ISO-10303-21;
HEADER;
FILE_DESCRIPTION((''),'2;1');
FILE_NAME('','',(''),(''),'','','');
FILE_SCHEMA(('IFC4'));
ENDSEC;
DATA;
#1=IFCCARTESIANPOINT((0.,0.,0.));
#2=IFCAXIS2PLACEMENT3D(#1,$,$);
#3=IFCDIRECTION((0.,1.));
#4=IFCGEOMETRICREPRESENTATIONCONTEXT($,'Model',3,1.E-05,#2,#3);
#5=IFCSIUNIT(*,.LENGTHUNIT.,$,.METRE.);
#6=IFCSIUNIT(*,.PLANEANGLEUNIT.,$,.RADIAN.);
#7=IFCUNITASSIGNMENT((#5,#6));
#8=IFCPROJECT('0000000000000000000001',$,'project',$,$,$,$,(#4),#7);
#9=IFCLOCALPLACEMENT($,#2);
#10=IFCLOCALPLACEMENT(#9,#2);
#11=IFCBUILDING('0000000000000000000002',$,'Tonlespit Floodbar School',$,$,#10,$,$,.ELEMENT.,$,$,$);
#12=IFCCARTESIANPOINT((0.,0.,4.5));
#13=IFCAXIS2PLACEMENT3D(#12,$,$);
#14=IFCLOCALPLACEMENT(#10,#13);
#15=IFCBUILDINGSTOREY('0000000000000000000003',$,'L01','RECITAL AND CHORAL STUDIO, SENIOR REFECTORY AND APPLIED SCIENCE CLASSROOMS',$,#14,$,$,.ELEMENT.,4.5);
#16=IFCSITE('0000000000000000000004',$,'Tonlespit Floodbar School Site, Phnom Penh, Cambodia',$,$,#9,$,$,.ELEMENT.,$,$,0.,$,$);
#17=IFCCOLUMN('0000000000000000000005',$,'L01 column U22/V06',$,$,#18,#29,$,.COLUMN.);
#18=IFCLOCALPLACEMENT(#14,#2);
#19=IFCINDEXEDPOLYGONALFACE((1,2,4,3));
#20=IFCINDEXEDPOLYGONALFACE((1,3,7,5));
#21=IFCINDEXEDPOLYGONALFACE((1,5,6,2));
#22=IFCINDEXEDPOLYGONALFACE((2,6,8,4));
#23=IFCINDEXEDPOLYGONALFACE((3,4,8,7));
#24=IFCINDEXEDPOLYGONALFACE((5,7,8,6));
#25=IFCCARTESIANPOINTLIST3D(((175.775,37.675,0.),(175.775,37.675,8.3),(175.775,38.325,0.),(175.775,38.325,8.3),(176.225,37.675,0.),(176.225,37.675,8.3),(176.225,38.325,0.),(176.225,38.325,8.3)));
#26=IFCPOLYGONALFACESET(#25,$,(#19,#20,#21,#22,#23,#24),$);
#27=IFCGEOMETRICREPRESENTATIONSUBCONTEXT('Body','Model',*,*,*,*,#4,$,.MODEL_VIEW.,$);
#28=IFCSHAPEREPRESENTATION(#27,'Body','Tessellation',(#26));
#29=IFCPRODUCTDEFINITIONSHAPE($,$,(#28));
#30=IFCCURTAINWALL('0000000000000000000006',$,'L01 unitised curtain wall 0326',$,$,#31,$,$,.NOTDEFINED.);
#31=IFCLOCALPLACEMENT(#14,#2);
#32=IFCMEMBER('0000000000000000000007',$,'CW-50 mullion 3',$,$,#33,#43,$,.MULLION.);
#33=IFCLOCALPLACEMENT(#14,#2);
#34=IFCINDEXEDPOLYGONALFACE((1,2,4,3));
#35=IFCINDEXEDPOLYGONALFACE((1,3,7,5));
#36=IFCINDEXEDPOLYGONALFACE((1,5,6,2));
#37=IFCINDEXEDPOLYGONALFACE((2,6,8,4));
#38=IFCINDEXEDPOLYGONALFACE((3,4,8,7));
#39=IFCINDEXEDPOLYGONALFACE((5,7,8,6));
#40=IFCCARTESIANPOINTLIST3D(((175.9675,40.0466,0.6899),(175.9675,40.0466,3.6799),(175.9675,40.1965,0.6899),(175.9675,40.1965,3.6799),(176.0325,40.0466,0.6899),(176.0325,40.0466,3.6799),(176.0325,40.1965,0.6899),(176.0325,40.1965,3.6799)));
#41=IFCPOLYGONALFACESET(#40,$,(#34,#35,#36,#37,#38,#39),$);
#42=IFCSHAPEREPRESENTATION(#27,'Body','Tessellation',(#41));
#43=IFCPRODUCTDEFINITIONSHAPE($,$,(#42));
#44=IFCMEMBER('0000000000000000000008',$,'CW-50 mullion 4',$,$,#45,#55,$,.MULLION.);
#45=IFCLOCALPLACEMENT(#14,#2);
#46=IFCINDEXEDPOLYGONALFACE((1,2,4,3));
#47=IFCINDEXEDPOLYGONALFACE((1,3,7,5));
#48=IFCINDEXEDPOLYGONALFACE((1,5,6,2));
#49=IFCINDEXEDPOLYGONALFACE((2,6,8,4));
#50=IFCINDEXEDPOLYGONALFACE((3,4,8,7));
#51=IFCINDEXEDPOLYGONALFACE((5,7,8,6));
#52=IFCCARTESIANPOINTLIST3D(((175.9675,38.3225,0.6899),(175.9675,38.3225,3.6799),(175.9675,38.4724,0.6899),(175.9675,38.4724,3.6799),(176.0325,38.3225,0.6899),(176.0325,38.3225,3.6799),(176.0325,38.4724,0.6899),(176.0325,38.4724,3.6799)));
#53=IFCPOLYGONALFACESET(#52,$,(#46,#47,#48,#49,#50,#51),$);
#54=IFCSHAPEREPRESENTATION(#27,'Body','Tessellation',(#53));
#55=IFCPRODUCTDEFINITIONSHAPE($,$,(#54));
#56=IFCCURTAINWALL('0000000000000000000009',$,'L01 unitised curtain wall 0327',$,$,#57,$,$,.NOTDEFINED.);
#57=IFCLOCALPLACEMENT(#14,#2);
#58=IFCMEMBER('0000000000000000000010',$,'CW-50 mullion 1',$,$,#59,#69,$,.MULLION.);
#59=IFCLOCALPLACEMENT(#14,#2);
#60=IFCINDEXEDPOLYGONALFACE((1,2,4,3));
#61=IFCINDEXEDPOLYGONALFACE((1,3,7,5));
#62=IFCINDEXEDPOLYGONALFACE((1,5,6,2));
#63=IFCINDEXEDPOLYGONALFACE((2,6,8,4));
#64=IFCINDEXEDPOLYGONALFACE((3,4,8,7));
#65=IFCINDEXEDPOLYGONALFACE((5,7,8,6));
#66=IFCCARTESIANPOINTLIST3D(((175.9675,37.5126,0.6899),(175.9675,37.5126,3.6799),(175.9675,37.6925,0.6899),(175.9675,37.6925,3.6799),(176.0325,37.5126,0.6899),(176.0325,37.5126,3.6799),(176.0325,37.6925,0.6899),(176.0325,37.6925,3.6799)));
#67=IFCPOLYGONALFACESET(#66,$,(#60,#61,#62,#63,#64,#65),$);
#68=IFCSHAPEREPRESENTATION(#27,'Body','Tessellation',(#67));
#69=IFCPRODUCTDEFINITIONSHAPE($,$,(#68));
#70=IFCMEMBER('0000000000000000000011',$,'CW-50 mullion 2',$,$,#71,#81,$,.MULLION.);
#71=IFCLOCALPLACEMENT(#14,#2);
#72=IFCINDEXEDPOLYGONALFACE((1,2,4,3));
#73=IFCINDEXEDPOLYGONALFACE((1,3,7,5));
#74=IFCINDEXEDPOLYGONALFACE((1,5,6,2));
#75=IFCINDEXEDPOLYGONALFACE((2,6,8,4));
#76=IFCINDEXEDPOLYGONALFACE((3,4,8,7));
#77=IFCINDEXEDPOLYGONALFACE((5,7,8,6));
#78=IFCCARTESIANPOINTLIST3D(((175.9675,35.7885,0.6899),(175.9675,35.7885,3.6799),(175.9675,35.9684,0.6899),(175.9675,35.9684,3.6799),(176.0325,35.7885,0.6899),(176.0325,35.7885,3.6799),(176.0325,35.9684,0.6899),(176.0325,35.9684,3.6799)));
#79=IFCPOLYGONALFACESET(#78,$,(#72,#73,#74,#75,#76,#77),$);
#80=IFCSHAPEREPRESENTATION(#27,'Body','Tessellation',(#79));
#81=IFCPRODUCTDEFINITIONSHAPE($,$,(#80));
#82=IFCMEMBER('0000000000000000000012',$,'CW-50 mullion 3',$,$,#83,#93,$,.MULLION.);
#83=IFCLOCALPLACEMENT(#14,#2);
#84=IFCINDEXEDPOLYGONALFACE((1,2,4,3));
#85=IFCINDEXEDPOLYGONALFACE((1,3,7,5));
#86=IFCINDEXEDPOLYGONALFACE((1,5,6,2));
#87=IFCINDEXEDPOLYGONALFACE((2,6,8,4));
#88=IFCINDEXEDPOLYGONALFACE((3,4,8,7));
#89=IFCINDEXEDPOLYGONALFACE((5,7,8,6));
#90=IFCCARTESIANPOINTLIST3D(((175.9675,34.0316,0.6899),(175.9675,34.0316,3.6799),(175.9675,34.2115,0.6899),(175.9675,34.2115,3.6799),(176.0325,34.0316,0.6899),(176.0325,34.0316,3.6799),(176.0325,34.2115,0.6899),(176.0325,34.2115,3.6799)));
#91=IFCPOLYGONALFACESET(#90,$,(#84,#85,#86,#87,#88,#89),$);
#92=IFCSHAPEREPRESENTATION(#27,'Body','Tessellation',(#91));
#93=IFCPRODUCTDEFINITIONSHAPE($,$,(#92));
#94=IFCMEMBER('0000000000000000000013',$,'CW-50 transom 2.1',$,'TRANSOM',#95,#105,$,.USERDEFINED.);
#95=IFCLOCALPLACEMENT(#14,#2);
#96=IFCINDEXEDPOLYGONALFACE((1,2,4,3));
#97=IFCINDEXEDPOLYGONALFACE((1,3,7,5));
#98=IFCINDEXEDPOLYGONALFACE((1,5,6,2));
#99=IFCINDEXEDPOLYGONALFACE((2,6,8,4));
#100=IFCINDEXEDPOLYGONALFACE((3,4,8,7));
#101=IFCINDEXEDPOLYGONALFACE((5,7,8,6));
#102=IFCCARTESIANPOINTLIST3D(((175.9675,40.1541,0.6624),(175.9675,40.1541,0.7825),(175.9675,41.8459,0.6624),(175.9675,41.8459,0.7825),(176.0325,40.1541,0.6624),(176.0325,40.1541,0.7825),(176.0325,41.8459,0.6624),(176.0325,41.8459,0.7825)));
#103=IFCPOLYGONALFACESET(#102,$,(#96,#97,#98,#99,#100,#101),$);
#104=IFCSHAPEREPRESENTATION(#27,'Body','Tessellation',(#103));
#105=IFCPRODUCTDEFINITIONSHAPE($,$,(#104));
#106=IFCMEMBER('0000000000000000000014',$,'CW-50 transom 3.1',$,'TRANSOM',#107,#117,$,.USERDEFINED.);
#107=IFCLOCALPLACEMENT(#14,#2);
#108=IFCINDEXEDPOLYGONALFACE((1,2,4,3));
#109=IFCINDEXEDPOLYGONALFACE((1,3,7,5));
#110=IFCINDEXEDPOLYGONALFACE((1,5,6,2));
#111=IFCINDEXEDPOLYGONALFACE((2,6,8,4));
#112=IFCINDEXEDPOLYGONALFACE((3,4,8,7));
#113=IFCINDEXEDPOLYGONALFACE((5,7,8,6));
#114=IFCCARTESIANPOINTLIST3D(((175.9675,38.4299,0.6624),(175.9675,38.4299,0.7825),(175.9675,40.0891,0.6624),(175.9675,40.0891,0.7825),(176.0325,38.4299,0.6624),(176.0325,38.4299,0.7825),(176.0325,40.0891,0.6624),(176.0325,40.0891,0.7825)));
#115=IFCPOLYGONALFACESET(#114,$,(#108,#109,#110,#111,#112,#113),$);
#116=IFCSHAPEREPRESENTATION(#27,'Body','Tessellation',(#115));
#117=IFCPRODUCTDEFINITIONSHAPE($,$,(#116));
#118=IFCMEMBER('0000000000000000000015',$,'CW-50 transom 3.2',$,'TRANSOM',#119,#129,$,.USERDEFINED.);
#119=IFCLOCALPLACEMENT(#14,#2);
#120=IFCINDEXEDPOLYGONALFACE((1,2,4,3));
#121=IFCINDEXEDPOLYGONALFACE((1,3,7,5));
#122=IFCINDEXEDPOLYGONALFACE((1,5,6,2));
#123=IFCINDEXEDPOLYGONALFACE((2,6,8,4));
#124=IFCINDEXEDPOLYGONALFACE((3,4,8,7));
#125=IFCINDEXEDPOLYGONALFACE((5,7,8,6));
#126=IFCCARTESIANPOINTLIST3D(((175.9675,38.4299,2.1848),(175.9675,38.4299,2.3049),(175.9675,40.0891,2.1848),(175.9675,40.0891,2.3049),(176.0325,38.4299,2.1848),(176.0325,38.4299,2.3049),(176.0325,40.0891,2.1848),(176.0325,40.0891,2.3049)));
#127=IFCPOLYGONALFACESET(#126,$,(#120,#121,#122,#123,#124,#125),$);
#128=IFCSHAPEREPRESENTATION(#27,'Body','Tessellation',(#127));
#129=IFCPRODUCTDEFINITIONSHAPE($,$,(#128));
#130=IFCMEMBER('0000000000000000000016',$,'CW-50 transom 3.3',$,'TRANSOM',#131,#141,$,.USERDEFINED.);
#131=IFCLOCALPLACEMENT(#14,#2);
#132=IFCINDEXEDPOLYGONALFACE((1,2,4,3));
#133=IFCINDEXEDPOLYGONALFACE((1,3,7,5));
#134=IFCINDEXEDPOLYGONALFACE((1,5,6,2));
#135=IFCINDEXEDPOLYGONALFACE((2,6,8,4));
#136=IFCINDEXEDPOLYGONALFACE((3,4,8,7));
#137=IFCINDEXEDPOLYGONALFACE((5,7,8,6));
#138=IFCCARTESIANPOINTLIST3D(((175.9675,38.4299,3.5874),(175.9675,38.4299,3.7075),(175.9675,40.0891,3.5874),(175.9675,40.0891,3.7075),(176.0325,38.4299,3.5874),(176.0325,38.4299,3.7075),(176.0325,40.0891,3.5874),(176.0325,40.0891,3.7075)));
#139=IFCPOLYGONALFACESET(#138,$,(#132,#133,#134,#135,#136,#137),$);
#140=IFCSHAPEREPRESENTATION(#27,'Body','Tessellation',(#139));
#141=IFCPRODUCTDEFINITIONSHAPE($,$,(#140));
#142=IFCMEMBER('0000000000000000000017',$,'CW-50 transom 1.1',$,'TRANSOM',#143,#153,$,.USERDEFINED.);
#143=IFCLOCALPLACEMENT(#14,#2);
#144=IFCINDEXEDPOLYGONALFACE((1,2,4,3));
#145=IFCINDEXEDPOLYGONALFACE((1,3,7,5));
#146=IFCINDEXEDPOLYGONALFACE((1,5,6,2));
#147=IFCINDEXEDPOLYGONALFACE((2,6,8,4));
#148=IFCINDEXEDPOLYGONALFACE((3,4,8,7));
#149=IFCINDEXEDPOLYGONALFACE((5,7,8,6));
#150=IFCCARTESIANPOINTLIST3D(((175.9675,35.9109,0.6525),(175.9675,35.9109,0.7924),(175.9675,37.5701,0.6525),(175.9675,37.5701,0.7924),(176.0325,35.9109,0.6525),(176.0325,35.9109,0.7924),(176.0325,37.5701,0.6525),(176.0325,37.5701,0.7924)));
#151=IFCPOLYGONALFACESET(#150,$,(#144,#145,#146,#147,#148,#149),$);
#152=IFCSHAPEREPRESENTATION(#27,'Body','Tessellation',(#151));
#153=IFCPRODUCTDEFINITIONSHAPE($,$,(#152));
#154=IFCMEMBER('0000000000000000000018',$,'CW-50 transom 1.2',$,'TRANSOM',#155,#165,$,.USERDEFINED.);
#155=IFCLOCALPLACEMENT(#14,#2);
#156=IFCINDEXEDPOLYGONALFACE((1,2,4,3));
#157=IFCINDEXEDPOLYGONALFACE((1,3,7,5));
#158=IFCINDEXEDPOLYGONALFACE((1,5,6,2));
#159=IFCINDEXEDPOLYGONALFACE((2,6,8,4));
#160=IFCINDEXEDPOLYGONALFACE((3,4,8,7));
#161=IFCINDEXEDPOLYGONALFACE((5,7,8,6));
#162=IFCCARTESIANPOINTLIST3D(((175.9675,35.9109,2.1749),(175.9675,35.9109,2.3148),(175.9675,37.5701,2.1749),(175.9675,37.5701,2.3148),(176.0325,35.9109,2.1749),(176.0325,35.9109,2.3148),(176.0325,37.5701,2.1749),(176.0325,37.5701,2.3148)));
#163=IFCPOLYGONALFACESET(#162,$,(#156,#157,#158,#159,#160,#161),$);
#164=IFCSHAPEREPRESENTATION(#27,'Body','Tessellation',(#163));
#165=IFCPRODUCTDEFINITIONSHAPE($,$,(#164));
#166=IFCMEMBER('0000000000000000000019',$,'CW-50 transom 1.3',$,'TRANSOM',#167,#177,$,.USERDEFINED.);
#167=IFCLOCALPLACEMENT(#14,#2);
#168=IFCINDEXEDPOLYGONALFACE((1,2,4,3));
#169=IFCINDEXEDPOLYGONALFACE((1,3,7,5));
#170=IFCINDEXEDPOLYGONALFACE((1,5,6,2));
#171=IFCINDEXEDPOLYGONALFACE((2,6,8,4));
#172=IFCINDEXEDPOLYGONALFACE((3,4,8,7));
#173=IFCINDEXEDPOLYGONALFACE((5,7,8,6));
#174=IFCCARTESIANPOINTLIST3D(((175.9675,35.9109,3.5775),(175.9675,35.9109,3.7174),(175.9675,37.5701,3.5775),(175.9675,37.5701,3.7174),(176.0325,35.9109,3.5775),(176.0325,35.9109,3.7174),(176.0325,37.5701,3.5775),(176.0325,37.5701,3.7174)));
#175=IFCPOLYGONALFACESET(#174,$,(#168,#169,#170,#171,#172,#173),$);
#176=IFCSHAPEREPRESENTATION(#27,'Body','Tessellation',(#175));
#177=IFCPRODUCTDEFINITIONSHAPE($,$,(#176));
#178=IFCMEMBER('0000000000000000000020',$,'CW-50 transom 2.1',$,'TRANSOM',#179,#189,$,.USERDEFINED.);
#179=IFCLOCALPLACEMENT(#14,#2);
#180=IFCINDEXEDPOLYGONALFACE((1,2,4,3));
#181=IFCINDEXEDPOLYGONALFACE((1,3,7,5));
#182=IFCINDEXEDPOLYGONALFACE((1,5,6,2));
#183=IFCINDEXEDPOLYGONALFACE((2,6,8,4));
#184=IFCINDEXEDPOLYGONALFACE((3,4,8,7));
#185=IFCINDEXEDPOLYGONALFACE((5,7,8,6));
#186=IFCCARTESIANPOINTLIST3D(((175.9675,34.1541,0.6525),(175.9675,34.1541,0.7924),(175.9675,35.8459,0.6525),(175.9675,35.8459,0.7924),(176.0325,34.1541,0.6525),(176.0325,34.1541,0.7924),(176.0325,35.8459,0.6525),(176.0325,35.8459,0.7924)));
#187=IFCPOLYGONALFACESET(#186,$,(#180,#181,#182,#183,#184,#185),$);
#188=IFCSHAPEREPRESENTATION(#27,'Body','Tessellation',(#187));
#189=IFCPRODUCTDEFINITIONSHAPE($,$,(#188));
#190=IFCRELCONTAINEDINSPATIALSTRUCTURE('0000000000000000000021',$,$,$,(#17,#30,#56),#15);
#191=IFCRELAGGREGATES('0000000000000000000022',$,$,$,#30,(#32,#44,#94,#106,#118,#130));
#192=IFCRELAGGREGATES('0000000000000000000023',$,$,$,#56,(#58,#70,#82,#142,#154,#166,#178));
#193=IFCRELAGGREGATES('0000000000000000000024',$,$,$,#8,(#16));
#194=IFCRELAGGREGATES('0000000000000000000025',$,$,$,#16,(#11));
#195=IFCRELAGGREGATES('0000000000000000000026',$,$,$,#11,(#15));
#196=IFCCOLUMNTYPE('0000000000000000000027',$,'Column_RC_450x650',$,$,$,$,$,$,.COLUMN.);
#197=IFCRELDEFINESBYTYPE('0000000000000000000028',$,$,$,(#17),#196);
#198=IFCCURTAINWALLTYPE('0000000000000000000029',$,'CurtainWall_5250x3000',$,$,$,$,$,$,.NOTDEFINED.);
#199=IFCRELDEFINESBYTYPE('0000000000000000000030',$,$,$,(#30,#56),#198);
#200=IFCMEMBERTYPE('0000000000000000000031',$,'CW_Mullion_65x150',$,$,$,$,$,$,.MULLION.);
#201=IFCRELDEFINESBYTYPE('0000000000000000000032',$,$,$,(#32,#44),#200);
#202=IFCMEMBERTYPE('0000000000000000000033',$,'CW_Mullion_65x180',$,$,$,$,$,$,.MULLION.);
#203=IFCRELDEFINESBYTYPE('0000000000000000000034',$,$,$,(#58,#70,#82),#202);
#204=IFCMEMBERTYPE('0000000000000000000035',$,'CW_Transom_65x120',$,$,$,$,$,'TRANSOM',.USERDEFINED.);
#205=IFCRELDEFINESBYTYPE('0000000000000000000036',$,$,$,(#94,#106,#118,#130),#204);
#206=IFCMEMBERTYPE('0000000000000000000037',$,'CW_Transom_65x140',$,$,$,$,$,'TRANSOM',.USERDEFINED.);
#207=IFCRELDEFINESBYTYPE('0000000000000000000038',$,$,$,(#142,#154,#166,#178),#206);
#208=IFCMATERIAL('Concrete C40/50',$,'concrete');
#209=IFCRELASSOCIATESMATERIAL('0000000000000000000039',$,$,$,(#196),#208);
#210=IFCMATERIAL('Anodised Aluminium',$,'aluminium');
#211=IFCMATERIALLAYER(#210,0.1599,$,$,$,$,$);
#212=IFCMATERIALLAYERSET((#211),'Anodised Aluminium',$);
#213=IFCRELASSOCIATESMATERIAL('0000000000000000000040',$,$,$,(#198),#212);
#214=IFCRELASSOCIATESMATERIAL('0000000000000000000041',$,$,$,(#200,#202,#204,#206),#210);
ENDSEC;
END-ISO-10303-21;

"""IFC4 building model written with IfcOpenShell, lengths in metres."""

from ifc_helpers import new_model, si_unit, direction, frame, origin, origin_2d, place, context, subcontext, project, spatial, rectangle, extrude, material, layer, layer_set, material_profile, profile_set, type_object, element, aggregate, save


model = new_model("IFC4")

# Units and contexts
model_context = context("Model", 3, precision=1e-05, world=origin(), true_north=direction((0.0, 1.0)))
body_context = subcontext(model_context, "Body", "Model", "MODEL_VIEW")
ifc_project = project(units=[si_unit("LENGTHUNIT", "METRE"), si_unit("PLANEANGLEUNIT", "RADIAN")], contexts=[model_context])

# Site, building, storey
site_placement = place(None, origin())
site = spatial("IfcSite", under=ifc_project, at=site_placement, Name="Tonlespit Floodbar School Site, Phnom Penh, Cambodia", CompositionType="ELEMENT", RefElevation=0.0)
building_placement = place(site_placement, origin())
building = spatial("IfcBuilding", under=site, at=building_placement, Name="Tonlespit Floodbar School", CompositionType="ELEMENT")
storey_placement = place(building_placement, frame((0.0, 0.0, 4.5)))
storey = spatial("IfcBuildingStorey", under=building, at=storey_placement, Name="L01", Description="RECITAL AND CHORAL STUDIO, SENIOR REFECTORY AND APPLIED SCIENCE CLASSROOMS", CompositionType="ELEMENT", Elevation=4.5)

# Column
ifc_material_1 = material(Name="Concrete C40/50", Category="concrete")
ifc_material_profile_1 = material_profile(ifc_material_1, rectangle(XDim=0.45, YDim=0.6499, at=origin_2d()), Name="RC 450x650")
ifc_profile_set_1 = profile_set([ifc_material_profile_1], Name="Concrete C40/50")
column_type = type_object("IfcColumnType", Name="Column_RC_450x650", PredefinedType="COLUMN", material=ifc_profile_set_1)
column_placement = place(storey_placement, frame((176.0, 38.0, 0.0), z_axis=(0.0, 0.0, 1.0), x_axis=(1.0, 0.0, 0.0)))
element("IfcColumn", 1, at=column_placement, inside=storey, type_object=column_type, Name="L01 column U22/V06", PredefinedType="COLUMN", context=body_context, shape_type="SweptSolid", body=[
    extrude(rectangle(XDim=0.45, YDim=0.6499, at=origin_2d()), origin(), (0.0, 0.0, 1.0), 8.3),
])

# Curtain walls, members
ifc_material_2 = material(Name="Anodised Aluminium", Category="aluminium")
ifc_layer_1 = layer(ifc_material_2, 0.1599)
ifc_layer_set_1 = layer_set([ifc_layer_1], Name="Anodised Aluminium")
curtain_wall_type = type_object("IfcCurtainWallType", Name="CurtainWall_5250x3000", PredefinedType="NOTDEFINED", material=ifc_layer_set_1)
curtain_wall_1_placement = place(storey_placement, origin())
curtain_wall_1 = element("IfcCurtainWall", 2, at=curtain_wall_1_placement, inside=storey, type_object=curtain_wall_type, Name="L01 unitised curtain wall 0326", PredefinedType="NOTDEFINED")
ifc_material_profile_2 = material_profile(ifc_material_2, rectangle(XDim=0.0649, YDim=0.1499, at=origin_2d()), Name="ALU M65x150")
ifc_profile_set_2 = profile_set([ifc_material_profile_2], Name="Anodised Aluminium")
member_type_1 = type_object("IfcMemberType", Name="CW_Mullion_65x150", PredefinedType="MULLION", material=ifc_profile_set_2)
member_1_placement = place(storey_placement, frame((176.0, 40.1216, 0.6899), z_axis=(0.0, 0.0, 1.0), x_axis=(1.0, 0.0, 0.0)))
member_1 = element("IfcMember", 3, at=member_1_placement, type_object=member_type_1, Name="CW-50 mullion 3", PredefinedType="MULLION", context=body_context, shape_type="SweptSolid", body=[
    extrude(rectangle(XDim=0.0649, YDim=0.1499, at=origin_2d()), origin(), (0.0, 0.0, 1.0), 2.99),
])
member_2_placement = place(storey_placement, frame((176.0, 38.3975, 0.6899), z_axis=(0.0, 0.0, 1.0), x_axis=(1.0, 0.0, 0.0)))
member_2 = element("IfcMember", 4, at=member_2_placement, type_object=member_type_1, Name="CW-50 mullion 4", PredefinedType="MULLION", context=body_context, shape_type="SweptSolid", body=[
    extrude(rectangle(XDim=0.0649, YDim=0.1499, at=origin_2d()), origin(), (0.0, 0.0, 1.0), 2.99),
])
curtain_wall_2_placement = place(storey_placement, origin())
curtain_wall_2 = element("IfcCurtainWall", 5, at=curtain_wall_2_placement, inside=storey, type_object=curtain_wall_type, Name="L01 unitised curtain wall 0327", PredefinedType="NOTDEFINED")
ifc_material_profile_3 = material_profile(ifc_material_2, rectangle(XDim=0.0649, YDim=0.1799, at=origin_2d()), Name="ALU M65x180")
ifc_profile_set_3 = profile_set([ifc_material_profile_3], Name="Anodised Aluminium")
member_type_2 = type_object("IfcMemberType", Name="CW_Mullion_65x180", PredefinedType="MULLION", material=ifc_profile_set_3)
member_3_placement = place(storey_placement, frame((176.0, 37.6025, 0.6899), z_axis=(0.0, 0.0, 1.0), x_axis=(1.0, 0.0, 0.0)))
member_3 = element("IfcMember", 6, at=member_3_placement, type_object=member_type_2, Name="CW-50 mullion 1", PredefinedType="MULLION", context=body_context, shape_type="SweptSolid", body=[
    extrude(rectangle(XDim=0.0649, YDim=0.1799, at=origin_2d()), origin(), (0.0, 0.0, 1.0), 2.99),
])
member_4_placement = place(storey_placement, frame((176.0, 35.8784, 0.6899), z_axis=(0.0, 0.0, 1.0), x_axis=(1.0, 0.0, 0.0)))
member_4 = element("IfcMember", 7, at=member_4_placement, type_object=member_type_2, Name="CW-50 mullion 2", PredefinedType="MULLION", context=body_context, shape_type="SweptSolid", body=[
    extrude(rectangle(XDim=0.0649, YDim=0.1799, at=origin_2d()), origin(), (0.0, 0.0, 1.0), 2.99),
])
member_5_placement = place(storey_placement, frame((176.0, 34.1216, 0.6899), z_axis=(0.0, 0.0, 1.0), x_axis=(1.0, 0.0, 0.0)))
member_5 = element("IfcMember", 8, at=member_5_placement, type_object=member_type_2, Name="CW-50 mullion 3", PredefinedType="MULLION", context=body_context, shape_type="SweptSolid", body=[
    extrude(rectangle(XDim=0.0649, YDim=0.1799, at=origin_2d()), origin(), (0.0, 0.0, 1.0), 2.99),
])

# Members
ifc_material_profile_4 = material_profile(ifc_material_2, rectangle(XDim=0.0649, YDim=0.1201, at=origin_2d()), Name="ALU T65x120")
ifc_profile_set_4 = profile_set([ifc_material_profile_4], Name="Anodised Aluminium")
member_type_3 = type_object("IfcMemberType", Name="CW_Transom_65x120", ElementType="TRANSOM", PredefinedType="USERDEFINED", material=ifc_profile_set_4)
member_6_placement = place(storey_placement, frame((176.0, 41.8459, 0.7224), z_axis=(0.0, -1.0, 0.0), x_axis=(1.0, 0.0, 0.0)))
member_6 = element("IfcMember", 9, at=member_6_placement, type_object=member_type_3, Name="CW-50 transom 2.1", ObjectType="TRANSOM", PredefinedType="USERDEFINED", context=body_context, shape_type="SweptSolid", body=[
    extrude(rectangle(XDim=0.0649, YDim=0.1201, at=origin_2d()), origin(), (0.0, 0.0, 1.0), 1.6919),
])
member_7_placement = place(storey_placement, frame((176.0, 40.0891, 0.7224), z_axis=(0.0, -1.0, 0.0), x_axis=(1.0, 0.0, 0.0)))
member_7 = element("IfcMember", 10, at=member_7_placement, type_object=member_type_3, Name="CW-50 transom 3.1", ObjectType="TRANSOM", PredefinedType="USERDEFINED", context=body_context, shape_type="SweptSolid", body=[
    extrude(rectangle(XDim=0.0649, YDim=0.1201, at=origin_2d()), origin(), (0.0, 0.0, 1.0), 1.6592),
])
member_8_placement = place(storey_placement, frame((176.0, 40.0891, 2.2449), z_axis=(0.0, -1.0, 0.0), x_axis=(1.0, 0.0, 0.0)))
member_8 = element("IfcMember", 11, at=member_8_placement, type_object=member_type_3, Name="CW-50 transom 3.2", ObjectType="TRANSOM", PredefinedType="USERDEFINED", context=body_context, shape_type="SweptSolid", body=[
    extrude(rectangle(XDim=0.0649, YDim=0.1201, at=origin_2d()), origin(), (0.0, 0.0, 1.0), 1.6592),
])
member_9_placement = place(storey_placement, frame((176.0, 40.0891, 3.6475), z_axis=(0.0, -1.0, 0.0), x_axis=(1.0, 0.0, 0.0)))
member_9 = element("IfcMember", 12, at=member_9_placement, type_object=member_type_3, Name="CW-50 transom 3.3", ObjectType="TRANSOM", PredefinedType="USERDEFINED", context=body_context, shape_type="SweptSolid", body=[
    extrude(rectangle(XDim=0.0649, YDim=0.1201, at=origin_2d()), origin(), (0.0, 0.0, 1.0), 1.6592),
])
ifc_material_profile_5 = material_profile(ifc_material_2, rectangle(XDim=0.0649, YDim=0.1399, at=origin_2d()), Name="ALU T65x140")
ifc_profile_set_5 = profile_set([ifc_material_profile_5], Name="Anodised Aluminium")
member_type_4 = type_object("IfcMemberType", Name="CW_Transom_65x140", ElementType="TRANSOM", PredefinedType="USERDEFINED", material=ifc_profile_set_5)
member_10_placement = place(storey_placement, frame((176.0, 37.5701, 0.7224), z_axis=(0.0, -1.0, 0.0), x_axis=(1.0, 0.0, 0.0)))
member_10 = element("IfcMember", 13, at=member_10_placement, type_object=member_type_4, Name="CW-50 transom 1.1", ObjectType="TRANSOM", PredefinedType="USERDEFINED", context=body_context, shape_type="SweptSolid", body=[
    extrude(rectangle(XDim=0.0649, YDim=0.1399, at=origin_2d()), origin(), (0.0, 0.0, 1.0), 1.6592),
])
member_11_placement = place(storey_placement, frame((176.0, 37.5701, 2.2449), z_axis=(0.0, -1.0, 0.0), x_axis=(1.0, 0.0, 0.0)))
member_11 = element("IfcMember", 14, at=member_11_placement, type_object=member_type_4, Name="CW-50 transom 1.2", ObjectType="TRANSOM", PredefinedType="USERDEFINED", context=body_context, shape_type="SweptSolid", body=[
    extrude(rectangle(XDim=0.0649, YDim=0.1399, at=origin_2d()), origin(), (0.0, 0.0, 1.0), 1.6592),
])
member_12_placement = place(storey_placement, frame((176.0, 37.5701, 3.6475), z_axis=(0.0, -1.0, 0.0), x_axis=(1.0, 0.0, 0.0)))
member_12 = element("IfcMember", 15, at=member_12_placement, type_object=member_type_4, Name="CW-50 transom 1.3", ObjectType="TRANSOM", PredefinedType="USERDEFINED", context=body_context, shape_type="SweptSolid", body=[
    extrude(rectangle(XDim=0.0649, YDim=0.1399, at=origin_2d()), origin(), (0.0, 0.0, 1.0), 1.6592),
])
member_13_placement = place(storey_placement, frame((176.0, 35.8459, 0.7224), z_axis=(0.0, -1.0, 0.0), x_axis=(1.0, 0.0, 0.0)))
member_13 = element("IfcMember", 16, at=member_13_placement, type_object=member_type_4, Name="CW-50 transom 2.1", ObjectType="TRANSOM", PredefinedType="USERDEFINED", context=body_context, shape_type="SweptSolid", body=[
    extrude(rectangle(XDim=0.0649, YDim=0.1399, at=origin_2d()), origin(), (0.0, 0.0, 1.0), 1.6919),
])

aggregate(curtain_wall_1, [member_1, member_2, member_6, member_7, member_8, member_9])
aggregate(curtain_wall_2, [member_3, member_4, member_5, member_10, member_11, member_12, member_13])

save(model, "model.ifc")
